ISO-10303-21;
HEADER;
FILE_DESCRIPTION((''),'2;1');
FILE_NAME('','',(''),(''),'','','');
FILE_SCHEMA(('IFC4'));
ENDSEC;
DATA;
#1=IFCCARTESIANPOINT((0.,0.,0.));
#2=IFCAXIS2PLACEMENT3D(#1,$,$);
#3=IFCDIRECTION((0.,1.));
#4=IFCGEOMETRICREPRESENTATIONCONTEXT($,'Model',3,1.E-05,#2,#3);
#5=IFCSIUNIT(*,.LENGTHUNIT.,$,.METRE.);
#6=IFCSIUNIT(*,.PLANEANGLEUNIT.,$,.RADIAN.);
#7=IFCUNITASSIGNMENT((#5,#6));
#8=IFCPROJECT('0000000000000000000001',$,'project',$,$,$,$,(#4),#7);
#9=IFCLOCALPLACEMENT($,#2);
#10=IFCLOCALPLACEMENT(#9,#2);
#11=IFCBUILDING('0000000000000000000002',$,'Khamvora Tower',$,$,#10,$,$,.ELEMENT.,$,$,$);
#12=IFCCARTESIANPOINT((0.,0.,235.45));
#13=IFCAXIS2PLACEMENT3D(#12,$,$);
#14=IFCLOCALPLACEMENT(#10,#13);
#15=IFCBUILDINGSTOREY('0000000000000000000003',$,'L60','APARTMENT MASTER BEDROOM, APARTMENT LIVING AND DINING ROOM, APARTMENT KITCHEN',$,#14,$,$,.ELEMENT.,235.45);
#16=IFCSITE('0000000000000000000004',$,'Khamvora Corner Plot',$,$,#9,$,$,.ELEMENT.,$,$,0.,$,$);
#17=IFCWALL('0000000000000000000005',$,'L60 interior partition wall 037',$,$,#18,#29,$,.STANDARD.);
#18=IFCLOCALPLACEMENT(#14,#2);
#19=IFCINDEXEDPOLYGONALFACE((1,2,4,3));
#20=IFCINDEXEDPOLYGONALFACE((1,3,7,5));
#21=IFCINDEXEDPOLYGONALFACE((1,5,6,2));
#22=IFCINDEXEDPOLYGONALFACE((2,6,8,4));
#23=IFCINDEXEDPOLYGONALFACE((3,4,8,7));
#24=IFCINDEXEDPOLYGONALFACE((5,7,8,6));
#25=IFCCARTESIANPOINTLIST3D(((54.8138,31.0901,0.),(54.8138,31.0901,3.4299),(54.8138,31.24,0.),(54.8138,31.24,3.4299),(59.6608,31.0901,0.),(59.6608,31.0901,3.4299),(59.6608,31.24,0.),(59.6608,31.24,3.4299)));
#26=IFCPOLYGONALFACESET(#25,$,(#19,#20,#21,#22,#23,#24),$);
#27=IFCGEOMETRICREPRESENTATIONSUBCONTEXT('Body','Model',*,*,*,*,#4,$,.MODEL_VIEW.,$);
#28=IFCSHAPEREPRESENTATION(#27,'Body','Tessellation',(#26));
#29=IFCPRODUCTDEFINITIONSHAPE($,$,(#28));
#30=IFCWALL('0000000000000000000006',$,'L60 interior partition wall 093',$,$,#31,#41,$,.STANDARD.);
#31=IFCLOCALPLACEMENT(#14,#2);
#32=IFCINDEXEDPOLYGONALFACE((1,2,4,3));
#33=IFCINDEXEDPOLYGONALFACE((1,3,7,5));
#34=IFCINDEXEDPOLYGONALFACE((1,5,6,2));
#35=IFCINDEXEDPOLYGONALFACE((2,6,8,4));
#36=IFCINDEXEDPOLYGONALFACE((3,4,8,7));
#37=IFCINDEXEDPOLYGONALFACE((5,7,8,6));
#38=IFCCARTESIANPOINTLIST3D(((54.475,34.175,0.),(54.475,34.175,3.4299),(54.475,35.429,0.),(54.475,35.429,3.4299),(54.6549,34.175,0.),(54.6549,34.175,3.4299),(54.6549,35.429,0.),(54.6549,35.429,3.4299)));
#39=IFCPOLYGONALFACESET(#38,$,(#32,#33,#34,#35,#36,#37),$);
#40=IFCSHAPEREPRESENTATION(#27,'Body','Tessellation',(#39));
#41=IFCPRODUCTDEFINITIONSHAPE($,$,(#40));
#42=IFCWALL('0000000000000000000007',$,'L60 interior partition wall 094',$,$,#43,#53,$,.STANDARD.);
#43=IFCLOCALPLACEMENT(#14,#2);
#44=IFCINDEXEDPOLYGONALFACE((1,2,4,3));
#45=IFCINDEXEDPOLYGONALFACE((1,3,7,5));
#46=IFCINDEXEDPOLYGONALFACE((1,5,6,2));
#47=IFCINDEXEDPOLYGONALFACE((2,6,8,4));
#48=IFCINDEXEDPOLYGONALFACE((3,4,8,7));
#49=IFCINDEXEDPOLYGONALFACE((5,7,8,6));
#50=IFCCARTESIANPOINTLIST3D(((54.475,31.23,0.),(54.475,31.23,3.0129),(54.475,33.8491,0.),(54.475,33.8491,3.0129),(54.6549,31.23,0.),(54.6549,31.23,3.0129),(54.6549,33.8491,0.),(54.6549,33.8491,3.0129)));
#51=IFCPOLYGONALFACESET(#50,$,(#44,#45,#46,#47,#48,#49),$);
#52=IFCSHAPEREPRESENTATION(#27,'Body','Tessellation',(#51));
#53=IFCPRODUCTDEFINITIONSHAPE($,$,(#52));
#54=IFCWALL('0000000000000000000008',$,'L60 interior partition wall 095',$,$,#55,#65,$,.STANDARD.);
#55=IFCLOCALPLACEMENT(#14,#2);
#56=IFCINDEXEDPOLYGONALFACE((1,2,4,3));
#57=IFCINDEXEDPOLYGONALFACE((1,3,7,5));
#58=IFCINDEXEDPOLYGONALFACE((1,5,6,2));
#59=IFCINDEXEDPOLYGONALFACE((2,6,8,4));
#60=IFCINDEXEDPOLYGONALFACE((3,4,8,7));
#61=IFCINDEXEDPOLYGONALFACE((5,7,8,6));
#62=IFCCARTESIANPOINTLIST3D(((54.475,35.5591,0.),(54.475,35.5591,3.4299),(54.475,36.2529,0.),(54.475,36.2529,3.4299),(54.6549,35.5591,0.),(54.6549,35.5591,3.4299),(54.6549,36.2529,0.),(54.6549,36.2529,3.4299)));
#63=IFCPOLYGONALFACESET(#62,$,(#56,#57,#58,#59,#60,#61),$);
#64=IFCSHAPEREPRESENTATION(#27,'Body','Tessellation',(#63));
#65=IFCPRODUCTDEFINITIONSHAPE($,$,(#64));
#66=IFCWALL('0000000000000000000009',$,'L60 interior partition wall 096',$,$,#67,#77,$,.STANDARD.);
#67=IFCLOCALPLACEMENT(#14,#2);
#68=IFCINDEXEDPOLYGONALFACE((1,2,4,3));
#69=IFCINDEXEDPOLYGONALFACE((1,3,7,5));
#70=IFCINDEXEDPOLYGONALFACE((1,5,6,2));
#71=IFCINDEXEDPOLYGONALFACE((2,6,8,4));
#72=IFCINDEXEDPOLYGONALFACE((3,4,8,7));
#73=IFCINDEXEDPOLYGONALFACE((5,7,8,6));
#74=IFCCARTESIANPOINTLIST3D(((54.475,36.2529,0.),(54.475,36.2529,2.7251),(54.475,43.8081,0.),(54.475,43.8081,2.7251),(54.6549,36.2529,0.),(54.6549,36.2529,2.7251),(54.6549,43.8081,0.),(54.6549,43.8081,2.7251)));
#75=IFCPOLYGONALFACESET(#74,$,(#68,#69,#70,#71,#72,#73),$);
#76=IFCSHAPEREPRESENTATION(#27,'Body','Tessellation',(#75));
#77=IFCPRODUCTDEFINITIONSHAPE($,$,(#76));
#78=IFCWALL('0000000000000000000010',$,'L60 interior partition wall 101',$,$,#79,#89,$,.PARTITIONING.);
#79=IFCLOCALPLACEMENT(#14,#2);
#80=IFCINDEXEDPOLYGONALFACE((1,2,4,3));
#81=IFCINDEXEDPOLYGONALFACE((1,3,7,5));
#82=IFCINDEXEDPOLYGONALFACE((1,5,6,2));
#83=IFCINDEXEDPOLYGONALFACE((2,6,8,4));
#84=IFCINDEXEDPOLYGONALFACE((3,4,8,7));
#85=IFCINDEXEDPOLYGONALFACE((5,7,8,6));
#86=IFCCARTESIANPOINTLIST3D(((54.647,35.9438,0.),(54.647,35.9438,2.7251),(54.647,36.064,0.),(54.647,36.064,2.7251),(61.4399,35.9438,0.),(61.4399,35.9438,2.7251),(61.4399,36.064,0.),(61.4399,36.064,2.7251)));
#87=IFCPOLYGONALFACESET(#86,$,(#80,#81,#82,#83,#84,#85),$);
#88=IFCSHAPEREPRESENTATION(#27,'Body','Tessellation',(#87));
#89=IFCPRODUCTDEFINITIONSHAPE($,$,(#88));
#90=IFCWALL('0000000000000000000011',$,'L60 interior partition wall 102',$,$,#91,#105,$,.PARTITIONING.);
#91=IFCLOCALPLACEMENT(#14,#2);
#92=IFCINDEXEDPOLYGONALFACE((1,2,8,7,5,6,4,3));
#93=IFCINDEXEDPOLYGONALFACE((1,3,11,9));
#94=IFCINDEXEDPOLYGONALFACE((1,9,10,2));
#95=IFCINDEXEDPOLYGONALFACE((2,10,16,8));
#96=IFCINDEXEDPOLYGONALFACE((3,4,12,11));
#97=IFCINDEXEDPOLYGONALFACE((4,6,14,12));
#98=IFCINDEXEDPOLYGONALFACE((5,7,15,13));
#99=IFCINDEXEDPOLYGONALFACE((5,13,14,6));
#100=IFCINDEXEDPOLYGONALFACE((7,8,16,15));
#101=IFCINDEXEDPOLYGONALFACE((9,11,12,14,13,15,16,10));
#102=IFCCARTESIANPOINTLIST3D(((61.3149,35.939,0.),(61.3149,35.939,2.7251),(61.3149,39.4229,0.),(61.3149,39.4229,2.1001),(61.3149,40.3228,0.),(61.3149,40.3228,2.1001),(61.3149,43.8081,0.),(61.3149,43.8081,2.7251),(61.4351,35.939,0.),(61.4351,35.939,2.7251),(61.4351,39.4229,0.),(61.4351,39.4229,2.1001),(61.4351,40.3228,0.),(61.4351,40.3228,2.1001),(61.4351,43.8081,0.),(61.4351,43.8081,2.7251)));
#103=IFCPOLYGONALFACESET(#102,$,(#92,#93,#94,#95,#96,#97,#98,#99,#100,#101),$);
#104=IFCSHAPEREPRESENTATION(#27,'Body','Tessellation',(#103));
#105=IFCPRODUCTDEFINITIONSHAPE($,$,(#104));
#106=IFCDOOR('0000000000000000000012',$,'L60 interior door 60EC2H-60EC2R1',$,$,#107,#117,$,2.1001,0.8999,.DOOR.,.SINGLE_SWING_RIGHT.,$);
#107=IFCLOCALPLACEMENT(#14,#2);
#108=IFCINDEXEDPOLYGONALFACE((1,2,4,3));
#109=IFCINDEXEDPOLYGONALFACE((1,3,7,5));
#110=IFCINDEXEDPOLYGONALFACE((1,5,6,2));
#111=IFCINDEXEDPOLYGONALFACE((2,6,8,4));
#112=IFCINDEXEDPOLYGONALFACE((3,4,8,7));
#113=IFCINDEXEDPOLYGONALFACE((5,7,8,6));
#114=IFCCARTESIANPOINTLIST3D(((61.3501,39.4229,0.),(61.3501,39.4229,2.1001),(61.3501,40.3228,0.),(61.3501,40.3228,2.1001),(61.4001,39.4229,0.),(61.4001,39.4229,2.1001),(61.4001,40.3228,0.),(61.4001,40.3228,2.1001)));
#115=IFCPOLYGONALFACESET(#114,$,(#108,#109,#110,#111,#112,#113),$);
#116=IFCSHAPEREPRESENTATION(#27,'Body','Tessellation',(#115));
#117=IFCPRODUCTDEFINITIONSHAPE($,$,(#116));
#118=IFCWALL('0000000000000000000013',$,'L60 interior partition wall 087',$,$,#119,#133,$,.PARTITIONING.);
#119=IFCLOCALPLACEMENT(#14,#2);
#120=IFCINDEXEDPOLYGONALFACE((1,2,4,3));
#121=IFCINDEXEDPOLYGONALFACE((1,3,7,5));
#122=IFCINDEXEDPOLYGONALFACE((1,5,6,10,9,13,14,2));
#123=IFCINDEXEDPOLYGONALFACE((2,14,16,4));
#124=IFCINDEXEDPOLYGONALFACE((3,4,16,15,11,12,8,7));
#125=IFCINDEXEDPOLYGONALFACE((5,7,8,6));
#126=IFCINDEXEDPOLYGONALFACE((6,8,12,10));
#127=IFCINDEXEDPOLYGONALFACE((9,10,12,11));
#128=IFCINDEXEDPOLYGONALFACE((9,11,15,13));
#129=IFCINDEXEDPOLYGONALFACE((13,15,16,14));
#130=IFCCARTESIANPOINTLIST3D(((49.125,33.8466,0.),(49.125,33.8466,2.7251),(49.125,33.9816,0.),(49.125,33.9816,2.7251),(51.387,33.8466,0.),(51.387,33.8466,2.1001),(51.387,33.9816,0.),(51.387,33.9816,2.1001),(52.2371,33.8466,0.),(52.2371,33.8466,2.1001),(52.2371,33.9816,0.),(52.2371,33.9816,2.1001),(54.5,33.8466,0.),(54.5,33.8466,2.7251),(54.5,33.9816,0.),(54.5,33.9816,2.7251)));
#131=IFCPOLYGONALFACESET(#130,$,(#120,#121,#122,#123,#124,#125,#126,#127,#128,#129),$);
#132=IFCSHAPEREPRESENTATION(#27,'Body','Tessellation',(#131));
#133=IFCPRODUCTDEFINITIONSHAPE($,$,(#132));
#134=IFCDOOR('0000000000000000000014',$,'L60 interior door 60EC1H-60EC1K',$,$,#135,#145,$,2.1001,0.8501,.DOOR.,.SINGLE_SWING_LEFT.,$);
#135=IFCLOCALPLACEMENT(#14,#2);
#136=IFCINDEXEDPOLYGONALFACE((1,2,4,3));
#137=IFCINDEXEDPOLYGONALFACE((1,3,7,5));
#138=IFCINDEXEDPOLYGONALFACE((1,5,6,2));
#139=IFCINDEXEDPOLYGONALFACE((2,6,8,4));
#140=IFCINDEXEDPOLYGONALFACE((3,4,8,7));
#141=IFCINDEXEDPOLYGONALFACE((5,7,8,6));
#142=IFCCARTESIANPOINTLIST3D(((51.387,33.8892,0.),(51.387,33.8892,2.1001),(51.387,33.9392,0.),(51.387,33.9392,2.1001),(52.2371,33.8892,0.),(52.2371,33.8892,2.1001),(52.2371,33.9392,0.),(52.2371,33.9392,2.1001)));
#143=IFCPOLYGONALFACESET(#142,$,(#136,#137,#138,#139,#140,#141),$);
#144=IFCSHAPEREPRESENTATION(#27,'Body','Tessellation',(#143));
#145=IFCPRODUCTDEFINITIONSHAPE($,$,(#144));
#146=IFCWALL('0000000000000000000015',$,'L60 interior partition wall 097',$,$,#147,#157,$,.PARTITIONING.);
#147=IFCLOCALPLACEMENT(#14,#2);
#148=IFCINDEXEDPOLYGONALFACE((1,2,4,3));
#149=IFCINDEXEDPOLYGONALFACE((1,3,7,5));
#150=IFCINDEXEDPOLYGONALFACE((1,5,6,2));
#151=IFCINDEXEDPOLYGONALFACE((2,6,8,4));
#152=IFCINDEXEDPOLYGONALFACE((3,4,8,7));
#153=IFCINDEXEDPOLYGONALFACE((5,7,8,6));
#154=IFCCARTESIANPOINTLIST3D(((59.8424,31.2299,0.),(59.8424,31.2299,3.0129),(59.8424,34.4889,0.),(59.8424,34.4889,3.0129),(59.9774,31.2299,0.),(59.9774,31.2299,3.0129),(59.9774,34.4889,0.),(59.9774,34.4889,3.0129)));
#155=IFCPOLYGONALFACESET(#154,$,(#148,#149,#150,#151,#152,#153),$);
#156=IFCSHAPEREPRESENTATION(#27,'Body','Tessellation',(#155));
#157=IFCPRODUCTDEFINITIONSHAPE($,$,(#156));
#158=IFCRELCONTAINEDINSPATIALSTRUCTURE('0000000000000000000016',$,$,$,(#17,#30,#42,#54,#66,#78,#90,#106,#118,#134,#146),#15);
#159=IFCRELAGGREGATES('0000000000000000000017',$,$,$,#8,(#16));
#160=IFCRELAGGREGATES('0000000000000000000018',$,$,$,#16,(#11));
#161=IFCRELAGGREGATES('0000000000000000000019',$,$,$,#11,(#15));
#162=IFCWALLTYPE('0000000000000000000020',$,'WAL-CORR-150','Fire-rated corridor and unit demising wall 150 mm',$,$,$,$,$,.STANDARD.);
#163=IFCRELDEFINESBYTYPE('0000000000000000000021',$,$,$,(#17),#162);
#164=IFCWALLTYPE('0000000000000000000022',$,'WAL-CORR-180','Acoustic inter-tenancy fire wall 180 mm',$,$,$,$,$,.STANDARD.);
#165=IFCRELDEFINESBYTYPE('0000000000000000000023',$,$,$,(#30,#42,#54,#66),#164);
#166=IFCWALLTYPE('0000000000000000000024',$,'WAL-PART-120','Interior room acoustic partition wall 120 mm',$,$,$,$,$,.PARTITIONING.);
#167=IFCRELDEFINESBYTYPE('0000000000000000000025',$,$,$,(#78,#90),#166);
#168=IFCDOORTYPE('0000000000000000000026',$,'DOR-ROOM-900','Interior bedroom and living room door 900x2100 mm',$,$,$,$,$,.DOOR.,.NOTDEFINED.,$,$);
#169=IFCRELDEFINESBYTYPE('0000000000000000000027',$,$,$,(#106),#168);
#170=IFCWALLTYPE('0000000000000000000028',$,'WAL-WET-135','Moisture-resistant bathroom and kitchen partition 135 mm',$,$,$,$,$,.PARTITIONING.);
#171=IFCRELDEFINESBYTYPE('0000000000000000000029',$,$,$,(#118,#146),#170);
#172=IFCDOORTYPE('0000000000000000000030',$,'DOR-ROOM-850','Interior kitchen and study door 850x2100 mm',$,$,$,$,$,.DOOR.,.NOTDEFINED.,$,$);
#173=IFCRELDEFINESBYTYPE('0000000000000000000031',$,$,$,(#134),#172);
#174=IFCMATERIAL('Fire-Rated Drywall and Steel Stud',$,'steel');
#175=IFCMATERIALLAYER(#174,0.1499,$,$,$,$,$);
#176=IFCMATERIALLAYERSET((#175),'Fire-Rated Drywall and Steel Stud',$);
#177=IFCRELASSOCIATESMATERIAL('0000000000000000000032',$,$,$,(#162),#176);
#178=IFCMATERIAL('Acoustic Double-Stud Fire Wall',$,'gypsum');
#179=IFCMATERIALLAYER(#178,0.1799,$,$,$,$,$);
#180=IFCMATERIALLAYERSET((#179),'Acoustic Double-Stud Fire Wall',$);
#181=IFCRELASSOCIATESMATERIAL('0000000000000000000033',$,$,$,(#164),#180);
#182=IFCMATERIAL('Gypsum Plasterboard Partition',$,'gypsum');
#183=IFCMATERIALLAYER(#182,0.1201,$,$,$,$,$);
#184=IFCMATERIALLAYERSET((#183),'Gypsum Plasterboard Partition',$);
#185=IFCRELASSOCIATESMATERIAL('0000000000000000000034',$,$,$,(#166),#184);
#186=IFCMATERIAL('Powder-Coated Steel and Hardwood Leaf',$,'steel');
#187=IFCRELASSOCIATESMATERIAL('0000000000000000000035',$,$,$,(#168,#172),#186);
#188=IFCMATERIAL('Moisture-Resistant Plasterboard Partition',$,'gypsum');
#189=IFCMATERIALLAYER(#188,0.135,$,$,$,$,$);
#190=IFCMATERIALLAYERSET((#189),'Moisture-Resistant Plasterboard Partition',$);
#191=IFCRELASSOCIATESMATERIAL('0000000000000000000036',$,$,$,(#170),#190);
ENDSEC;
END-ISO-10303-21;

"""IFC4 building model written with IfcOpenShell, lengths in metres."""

from ifc_helpers import new_model, si_unit, direction, frame, frame_2d, origin, place, context, subcontext, project, spatial, rectangle, extrude, material, layer, layer_set, type_object, element, fill, save


model = new_model("IFC4")

# Units and contexts
model_context = context("Model", 3, precision=1e-05, world=origin(), true_north=direction((0.0, 1.0)))
body_context = subcontext(model_context, "Body", "Model", "MODEL_VIEW")
ifc_project = project(units=[si_unit("LENGTHUNIT", "METRE"), si_unit("PLANEANGLEUNIT", "RADIAN")], contexts=[model_context])

# Site, building, storey
site_placement = place(None, origin())
site = spatial("IfcSite", under=ifc_project, at=site_placement, Name="Khamvora Corner Plot", CompositionType="ELEMENT", RefElevation=0.0)
building_placement = place(site_placement, origin())
building = spatial("IfcBuilding", under=site, at=building_placement, Name="Khamvora Tower", CompositionType="ELEMENT")
storey_placement = place(building_placement, frame((0.0, 0.0, 235.45)))
storey = spatial("IfcBuildingStorey", under=building, at=storey_placement, Name="L60", Description="APARTMENT MASTER BEDROOM, APARTMENT LIVING AND DINING ROOM, APARTMENT KITCHEN", CompositionType="ELEMENT", Elevation=235.45)

# Shared definitions
ifc_material_1 = material(Name="Fire-Rated Drywall and Steel Stud", Category="steel")
ifc_layer_1 = layer(ifc_material_1, 0.1499)
ifc_layer_set_1 = layer_set([ifc_layer_1], Name="Fire-Rated Drywall and Steel Stud")
wall_type_1 = type_object("IfcWallType", Name="WAL-CORR-150", Description="Fire-rated corridor and unit demising wall 150 mm", PredefinedType="STANDARD", material=ifc_layer_set_1)

# Shared definitions
ifc_material_2 = material(Name="Powder-Coated Steel and Hardwood Leaf", Category="steel")

# Walls
wall_1_placement = place(storey_placement, frame((54.814, 31.165, 0.0), z_axis=(0.0, 0.0, 1.0), x_axis=(1.0, 0.0, 0.0)))
element("IfcWall", 1, at=wall_1_placement, inside=storey, type_object=wall_type_1, Name="L60 interior partition wall 037", PredefinedType="STANDARD", context=body_context, shape_type="SweptSolid", body=[
    extrude(rectangle(XDim=4.8469, YDim=0.1499, at=frame_2d((2.4233, 0.0))), origin(), (0.0, 0.0, 1.0), 3.4299),
])
ifc_material_3 = material(Name="Acoustic Double-Stud Fire Wall", Category="gypsum")
ifc_layer_2 = layer(ifc_material_3, 0.1799)
ifc_layer_set_2 = layer_set([ifc_layer_2], Name="Acoustic Double-Stud Fire Wall")
wall_type_2 = type_object("IfcWallType", Name="WAL-CORR-180", Description="Acoustic inter-tenancy fire wall 180 mm", PredefinedType="STANDARD", material=ifc_layer_set_2)
wall_2_placement = place(storey_placement, frame((54.5649, 35.429, 0.0), z_axis=(0.0, 0.0, 1.0), x_axis=(0.0, -1.0, 0.0)))
element("IfcWall", 2, at=wall_2_placement, inside=storey, type_object=wall_type_2, Name="L60 interior partition wall 093", PredefinedType="STANDARD", context=body_context, shape_type="SweptSolid", body=[
    extrude(rectangle(XDim=1.2539, YDim=0.1799, at=frame_2d((0.627, 0.0))), origin(), (0.0, 0.0, 1.0), 3.4299),
])
wall_3_placement = place(storey_placement, frame((54.5649, 33.8491, 0.0), z_axis=(0.0, 0.0, 1.0), x_axis=(0.0, -1.0, 0.0)))
element("IfcWall", 3, at=wall_3_placement, inside=storey, type_object=wall_type_2, Name="L60 interior partition wall 094", PredefinedType="STANDARD", context=body_context, shape_type="SweptSolid", body=[
    extrude(rectangle(XDim=2.6191, YDim=0.1799, at=frame_2d((1.3096, 0.0))), origin(), (0.0, 0.0, 1.0), 3.0129),
])
wall_4_placement = place(storey_placement, frame((54.5649, 36.2529, 0.0), z_axis=(0.0, 0.0, 1.0), x_axis=(0.0, -1.0, 0.0)))
element("IfcWall", 4, at=wall_4_placement, inside=storey, type_object=wall_type_2, Name="L60 interior partition wall 095", PredefinedType="STANDARD", context=body_context, shape_type="SweptSolid", body=[
    extrude(rectangle(XDim=0.6938, YDim=0.1799, at=frame_2d((0.3469, 0.0))), origin(), (0.0, 0.0, 1.0), 3.4299),
])
wall_5_placement = place(storey_placement, frame((54.5649, 43.8081, 0.0), z_axis=(0.0, 0.0, 1.0), x_axis=(0.0, -1.0, 0.0)))
element("IfcWall", 5, at=wall_5_placement, inside=storey, type_object=wall_type_2, Name="L60 interior partition wall 096", PredefinedType="STANDARD", context=body_context, shape_type="SweptSolid", body=[
    extrude(rectangle(XDim=7.5552, YDim=0.1799, at=frame_2d((3.7776, 0.0))), origin(), (0.0, 0.0, 1.0), 2.7251),
])
ifc_material_4 = material(Name="Gypsum Plasterboard Partition", Category="gypsum")
ifc_layer_3 = layer(ifc_material_4, 0.1201)
ifc_layer_set_3 = layer_set([ifc_layer_3], Name="Gypsum Plasterboard Partition")
wall_type_3 = type_object("IfcWallType", Name="WAL-PART-120", Description="Interior room acoustic partition wall 120 mm", PredefinedType="PARTITIONING", material=ifc_layer_set_3)
wall_6_placement = place(storey_placement, frame((54.647, 36.0039, 0.0), z_axis=(0.0, 0.0, 1.0), x_axis=(1.0, 0.0, 0.0)))
element("IfcWall", 6, at=wall_6_placement, inside=storey, type_object=wall_type_3, Name="L60 interior partition wall 101", PredefinedType="PARTITIONING", context=body_context, shape_type="SweptSolid", body=[
    extrude(rectangle(XDim=6.793, YDim=0.1201, at=frame_2d((3.3965, 0.0))), origin(), (0.0, 0.0, 1.0), 2.7251),
])

# Walls, openings, doors
wall_7_placement = place(storey_placement, frame((61.375, 35.939, 0.0), z_axis=(0.0, 0.0, 1.0), x_axis=(0.0, 1.0, 0.0)))
wall_7 = element("IfcWall", 7, at=wall_7_placement, inside=storey, type_object=wall_type_3, Name="L60 interior partition wall 102", PredefinedType="PARTITIONING", context=body_context, shape_type="SweptSolid", body=[
    extrude(rectangle(XDim=7.8691, YDim=0.1201, at=frame_2d((3.9346, 0.0))), origin(), (0.0, 0.0, 1.0), 2.7251),
])
opening_1_placement = place(wall_7_placement, frame((3.4839, 0.0, 0.0)))
opening_1 = element("IfcOpeningElement", 8, at=opening_1_placement, cuts=wall_7, PredefinedType="OPENING", context=body_context, shape_type="SweptSolid", body=[
    extrude(rectangle(XDim=0.8999, YDim=2.1001, at=frame_2d((0.45, 1.05))), frame((0.0, 0.0701, 0.0), z_axis=(0.0, -1.0, 0.0), x_axis=(1.0, 0.0, 0.0)), (0.0, 0.0, 1.0), 0.1401),
])
door_type_1 = type_object("IfcDoorType", Name="DOR-ROOM-900", Description="Interior bedroom and living room door 900x2100 mm", OperationType="NOTDEFINED", PredefinedType="DOOR", material=ifc_material_2)
door_1_placement = place(opening_1_placement, origin())
door_1 = element("IfcDoor", 9, at=door_1_placement, inside=storey, type_object=door_type_1, Name="L60 interior door 60EC2H-60EC2R1", OperationType="SINGLE_SWING_RIGHT", OverallHeight=2.1001, OverallWidth=0.8999, PredefinedType="DOOR", context=body_context, shape_type="SweptSolid", body=[
    extrude(rectangle(XDim=0.8999, YDim=2.1001, at=frame_2d((0.45, 1.05))), frame((0.0, 0.0249, 0.0), z_axis=(0.0, -1.0, 0.0), x_axis=(1.0, 0.0, 0.0)), (0.0, 0.0, 1.0), 0.05),
])
fill(opening_1, door_1)
ifc_material_5 = material(Name="Moisture-Resistant Plasterboard Partition", Category="gypsum")
ifc_layer_4 = layer(ifc_material_5, 0.135)
ifc_layer_set_4 = layer_set([ifc_layer_4], Name="Moisture-Resistant Plasterboard Partition")
wall_type_4 = type_object("IfcWallType", Name="WAL-WET-135", Description="Moisture-resistant bathroom and kitchen partition 135 mm", PredefinedType="PARTITIONING", material=ifc_layer_set_4)
wall_8_placement = place(storey_placement, frame((54.5, 33.9141, 0.0), z_axis=(0.0, 0.0, 1.0), x_axis=(-1.0, 0.0, 0.0)))
wall_8 = element("IfcWall", 10, at=wall_8_placement, inside=storey, type_object=wall_type_4, Name="L60 interior partition wall 087", PredefinedType="PARTITIONING", context=body_context, shape_type="SweptSolid", body=[
    extrude(rectangle(XDim=5.375, YDim=0.135, at=frame_2d((2.6875, 0.0))), origin(), (0.0, 0.0, 1.0), 2.7251),
])
opening_2_placement = place(wall_8_placement, frame((2.2629, 0.0, 0.0)))
opening_2 = element("IfcOpeningElement", 11, at=opening_2_placement, cuts=wall_8, PredefinedType="OPENING", context=body_context, shape_type="SweptSolid", body=[
    extrude(rectangle(XDim=0.8501, YDim=2.1001, at=frame_2d((0.425, 1.05))), frame((0.0, 0.0774, 0.0), z_axis=(0.0, -1.0, 0.0), x_axis=(1.0, 0.0, 0.0)), (0.0, 0.0, 1.0), 0.155),
])
door_type_2 = type_object("IfcDoorType", Name="DOR-ROOM-850", Description="Interior kitchen and study door 850x2100 mm", OperationType="NOTDEFINED", PredefinedType="DOOR", material=ifc_material_2)
door_2_placement = place(opening_2_placement, origin())
door_2 = element("IfcDoor", 12, at=door_2_placement, inside=storey, type_object=door_type_2, Name="L60 interior door 60EC1H-60EC1K", OperationType="SINGLE_SWING_LEFT", OverallHeight=2.1001, OverallWidth=0.8501, PredefinedType="DOOR", context=body_context, shape_type="SweptSolid", body=[
    extrude(rectangle(XDim=0.8501, YDim=2.1001, at=frame_2d((0.425, 1.05))), frame((0.0, 0.0249, 0.0), z_axis=(0.0, -1.0, 0.0), x_axis=(1.0, 0.0, 0.0)), (0.0, 0.0, 1.0), 0.05),
])
fill(opening_2, door_2)

# Wall
wall_9_placement = place(storey_placement, frame((59.9099, 31.23, 0.0), z_axis=(0.0, 0.0, 1.0), x_axis=(0.0, 1.0, 0.0)))
element("IfcWall", 13, at=wall_9_placement, inside=storey, type_object=wall_type_4, Name="L60 interior partition wall 097", PredefinedType="PARTITIONING", context=body_context, shape_type="SweptSolid", body=[
    extrude(rectangle(XDim=3.259, YDim=0.135, at=frame_2d((1.6294, 0.0))), origin(), (0.0, 0.0, 1.0), 3.0129),
])

save(model, "model.ifc")
